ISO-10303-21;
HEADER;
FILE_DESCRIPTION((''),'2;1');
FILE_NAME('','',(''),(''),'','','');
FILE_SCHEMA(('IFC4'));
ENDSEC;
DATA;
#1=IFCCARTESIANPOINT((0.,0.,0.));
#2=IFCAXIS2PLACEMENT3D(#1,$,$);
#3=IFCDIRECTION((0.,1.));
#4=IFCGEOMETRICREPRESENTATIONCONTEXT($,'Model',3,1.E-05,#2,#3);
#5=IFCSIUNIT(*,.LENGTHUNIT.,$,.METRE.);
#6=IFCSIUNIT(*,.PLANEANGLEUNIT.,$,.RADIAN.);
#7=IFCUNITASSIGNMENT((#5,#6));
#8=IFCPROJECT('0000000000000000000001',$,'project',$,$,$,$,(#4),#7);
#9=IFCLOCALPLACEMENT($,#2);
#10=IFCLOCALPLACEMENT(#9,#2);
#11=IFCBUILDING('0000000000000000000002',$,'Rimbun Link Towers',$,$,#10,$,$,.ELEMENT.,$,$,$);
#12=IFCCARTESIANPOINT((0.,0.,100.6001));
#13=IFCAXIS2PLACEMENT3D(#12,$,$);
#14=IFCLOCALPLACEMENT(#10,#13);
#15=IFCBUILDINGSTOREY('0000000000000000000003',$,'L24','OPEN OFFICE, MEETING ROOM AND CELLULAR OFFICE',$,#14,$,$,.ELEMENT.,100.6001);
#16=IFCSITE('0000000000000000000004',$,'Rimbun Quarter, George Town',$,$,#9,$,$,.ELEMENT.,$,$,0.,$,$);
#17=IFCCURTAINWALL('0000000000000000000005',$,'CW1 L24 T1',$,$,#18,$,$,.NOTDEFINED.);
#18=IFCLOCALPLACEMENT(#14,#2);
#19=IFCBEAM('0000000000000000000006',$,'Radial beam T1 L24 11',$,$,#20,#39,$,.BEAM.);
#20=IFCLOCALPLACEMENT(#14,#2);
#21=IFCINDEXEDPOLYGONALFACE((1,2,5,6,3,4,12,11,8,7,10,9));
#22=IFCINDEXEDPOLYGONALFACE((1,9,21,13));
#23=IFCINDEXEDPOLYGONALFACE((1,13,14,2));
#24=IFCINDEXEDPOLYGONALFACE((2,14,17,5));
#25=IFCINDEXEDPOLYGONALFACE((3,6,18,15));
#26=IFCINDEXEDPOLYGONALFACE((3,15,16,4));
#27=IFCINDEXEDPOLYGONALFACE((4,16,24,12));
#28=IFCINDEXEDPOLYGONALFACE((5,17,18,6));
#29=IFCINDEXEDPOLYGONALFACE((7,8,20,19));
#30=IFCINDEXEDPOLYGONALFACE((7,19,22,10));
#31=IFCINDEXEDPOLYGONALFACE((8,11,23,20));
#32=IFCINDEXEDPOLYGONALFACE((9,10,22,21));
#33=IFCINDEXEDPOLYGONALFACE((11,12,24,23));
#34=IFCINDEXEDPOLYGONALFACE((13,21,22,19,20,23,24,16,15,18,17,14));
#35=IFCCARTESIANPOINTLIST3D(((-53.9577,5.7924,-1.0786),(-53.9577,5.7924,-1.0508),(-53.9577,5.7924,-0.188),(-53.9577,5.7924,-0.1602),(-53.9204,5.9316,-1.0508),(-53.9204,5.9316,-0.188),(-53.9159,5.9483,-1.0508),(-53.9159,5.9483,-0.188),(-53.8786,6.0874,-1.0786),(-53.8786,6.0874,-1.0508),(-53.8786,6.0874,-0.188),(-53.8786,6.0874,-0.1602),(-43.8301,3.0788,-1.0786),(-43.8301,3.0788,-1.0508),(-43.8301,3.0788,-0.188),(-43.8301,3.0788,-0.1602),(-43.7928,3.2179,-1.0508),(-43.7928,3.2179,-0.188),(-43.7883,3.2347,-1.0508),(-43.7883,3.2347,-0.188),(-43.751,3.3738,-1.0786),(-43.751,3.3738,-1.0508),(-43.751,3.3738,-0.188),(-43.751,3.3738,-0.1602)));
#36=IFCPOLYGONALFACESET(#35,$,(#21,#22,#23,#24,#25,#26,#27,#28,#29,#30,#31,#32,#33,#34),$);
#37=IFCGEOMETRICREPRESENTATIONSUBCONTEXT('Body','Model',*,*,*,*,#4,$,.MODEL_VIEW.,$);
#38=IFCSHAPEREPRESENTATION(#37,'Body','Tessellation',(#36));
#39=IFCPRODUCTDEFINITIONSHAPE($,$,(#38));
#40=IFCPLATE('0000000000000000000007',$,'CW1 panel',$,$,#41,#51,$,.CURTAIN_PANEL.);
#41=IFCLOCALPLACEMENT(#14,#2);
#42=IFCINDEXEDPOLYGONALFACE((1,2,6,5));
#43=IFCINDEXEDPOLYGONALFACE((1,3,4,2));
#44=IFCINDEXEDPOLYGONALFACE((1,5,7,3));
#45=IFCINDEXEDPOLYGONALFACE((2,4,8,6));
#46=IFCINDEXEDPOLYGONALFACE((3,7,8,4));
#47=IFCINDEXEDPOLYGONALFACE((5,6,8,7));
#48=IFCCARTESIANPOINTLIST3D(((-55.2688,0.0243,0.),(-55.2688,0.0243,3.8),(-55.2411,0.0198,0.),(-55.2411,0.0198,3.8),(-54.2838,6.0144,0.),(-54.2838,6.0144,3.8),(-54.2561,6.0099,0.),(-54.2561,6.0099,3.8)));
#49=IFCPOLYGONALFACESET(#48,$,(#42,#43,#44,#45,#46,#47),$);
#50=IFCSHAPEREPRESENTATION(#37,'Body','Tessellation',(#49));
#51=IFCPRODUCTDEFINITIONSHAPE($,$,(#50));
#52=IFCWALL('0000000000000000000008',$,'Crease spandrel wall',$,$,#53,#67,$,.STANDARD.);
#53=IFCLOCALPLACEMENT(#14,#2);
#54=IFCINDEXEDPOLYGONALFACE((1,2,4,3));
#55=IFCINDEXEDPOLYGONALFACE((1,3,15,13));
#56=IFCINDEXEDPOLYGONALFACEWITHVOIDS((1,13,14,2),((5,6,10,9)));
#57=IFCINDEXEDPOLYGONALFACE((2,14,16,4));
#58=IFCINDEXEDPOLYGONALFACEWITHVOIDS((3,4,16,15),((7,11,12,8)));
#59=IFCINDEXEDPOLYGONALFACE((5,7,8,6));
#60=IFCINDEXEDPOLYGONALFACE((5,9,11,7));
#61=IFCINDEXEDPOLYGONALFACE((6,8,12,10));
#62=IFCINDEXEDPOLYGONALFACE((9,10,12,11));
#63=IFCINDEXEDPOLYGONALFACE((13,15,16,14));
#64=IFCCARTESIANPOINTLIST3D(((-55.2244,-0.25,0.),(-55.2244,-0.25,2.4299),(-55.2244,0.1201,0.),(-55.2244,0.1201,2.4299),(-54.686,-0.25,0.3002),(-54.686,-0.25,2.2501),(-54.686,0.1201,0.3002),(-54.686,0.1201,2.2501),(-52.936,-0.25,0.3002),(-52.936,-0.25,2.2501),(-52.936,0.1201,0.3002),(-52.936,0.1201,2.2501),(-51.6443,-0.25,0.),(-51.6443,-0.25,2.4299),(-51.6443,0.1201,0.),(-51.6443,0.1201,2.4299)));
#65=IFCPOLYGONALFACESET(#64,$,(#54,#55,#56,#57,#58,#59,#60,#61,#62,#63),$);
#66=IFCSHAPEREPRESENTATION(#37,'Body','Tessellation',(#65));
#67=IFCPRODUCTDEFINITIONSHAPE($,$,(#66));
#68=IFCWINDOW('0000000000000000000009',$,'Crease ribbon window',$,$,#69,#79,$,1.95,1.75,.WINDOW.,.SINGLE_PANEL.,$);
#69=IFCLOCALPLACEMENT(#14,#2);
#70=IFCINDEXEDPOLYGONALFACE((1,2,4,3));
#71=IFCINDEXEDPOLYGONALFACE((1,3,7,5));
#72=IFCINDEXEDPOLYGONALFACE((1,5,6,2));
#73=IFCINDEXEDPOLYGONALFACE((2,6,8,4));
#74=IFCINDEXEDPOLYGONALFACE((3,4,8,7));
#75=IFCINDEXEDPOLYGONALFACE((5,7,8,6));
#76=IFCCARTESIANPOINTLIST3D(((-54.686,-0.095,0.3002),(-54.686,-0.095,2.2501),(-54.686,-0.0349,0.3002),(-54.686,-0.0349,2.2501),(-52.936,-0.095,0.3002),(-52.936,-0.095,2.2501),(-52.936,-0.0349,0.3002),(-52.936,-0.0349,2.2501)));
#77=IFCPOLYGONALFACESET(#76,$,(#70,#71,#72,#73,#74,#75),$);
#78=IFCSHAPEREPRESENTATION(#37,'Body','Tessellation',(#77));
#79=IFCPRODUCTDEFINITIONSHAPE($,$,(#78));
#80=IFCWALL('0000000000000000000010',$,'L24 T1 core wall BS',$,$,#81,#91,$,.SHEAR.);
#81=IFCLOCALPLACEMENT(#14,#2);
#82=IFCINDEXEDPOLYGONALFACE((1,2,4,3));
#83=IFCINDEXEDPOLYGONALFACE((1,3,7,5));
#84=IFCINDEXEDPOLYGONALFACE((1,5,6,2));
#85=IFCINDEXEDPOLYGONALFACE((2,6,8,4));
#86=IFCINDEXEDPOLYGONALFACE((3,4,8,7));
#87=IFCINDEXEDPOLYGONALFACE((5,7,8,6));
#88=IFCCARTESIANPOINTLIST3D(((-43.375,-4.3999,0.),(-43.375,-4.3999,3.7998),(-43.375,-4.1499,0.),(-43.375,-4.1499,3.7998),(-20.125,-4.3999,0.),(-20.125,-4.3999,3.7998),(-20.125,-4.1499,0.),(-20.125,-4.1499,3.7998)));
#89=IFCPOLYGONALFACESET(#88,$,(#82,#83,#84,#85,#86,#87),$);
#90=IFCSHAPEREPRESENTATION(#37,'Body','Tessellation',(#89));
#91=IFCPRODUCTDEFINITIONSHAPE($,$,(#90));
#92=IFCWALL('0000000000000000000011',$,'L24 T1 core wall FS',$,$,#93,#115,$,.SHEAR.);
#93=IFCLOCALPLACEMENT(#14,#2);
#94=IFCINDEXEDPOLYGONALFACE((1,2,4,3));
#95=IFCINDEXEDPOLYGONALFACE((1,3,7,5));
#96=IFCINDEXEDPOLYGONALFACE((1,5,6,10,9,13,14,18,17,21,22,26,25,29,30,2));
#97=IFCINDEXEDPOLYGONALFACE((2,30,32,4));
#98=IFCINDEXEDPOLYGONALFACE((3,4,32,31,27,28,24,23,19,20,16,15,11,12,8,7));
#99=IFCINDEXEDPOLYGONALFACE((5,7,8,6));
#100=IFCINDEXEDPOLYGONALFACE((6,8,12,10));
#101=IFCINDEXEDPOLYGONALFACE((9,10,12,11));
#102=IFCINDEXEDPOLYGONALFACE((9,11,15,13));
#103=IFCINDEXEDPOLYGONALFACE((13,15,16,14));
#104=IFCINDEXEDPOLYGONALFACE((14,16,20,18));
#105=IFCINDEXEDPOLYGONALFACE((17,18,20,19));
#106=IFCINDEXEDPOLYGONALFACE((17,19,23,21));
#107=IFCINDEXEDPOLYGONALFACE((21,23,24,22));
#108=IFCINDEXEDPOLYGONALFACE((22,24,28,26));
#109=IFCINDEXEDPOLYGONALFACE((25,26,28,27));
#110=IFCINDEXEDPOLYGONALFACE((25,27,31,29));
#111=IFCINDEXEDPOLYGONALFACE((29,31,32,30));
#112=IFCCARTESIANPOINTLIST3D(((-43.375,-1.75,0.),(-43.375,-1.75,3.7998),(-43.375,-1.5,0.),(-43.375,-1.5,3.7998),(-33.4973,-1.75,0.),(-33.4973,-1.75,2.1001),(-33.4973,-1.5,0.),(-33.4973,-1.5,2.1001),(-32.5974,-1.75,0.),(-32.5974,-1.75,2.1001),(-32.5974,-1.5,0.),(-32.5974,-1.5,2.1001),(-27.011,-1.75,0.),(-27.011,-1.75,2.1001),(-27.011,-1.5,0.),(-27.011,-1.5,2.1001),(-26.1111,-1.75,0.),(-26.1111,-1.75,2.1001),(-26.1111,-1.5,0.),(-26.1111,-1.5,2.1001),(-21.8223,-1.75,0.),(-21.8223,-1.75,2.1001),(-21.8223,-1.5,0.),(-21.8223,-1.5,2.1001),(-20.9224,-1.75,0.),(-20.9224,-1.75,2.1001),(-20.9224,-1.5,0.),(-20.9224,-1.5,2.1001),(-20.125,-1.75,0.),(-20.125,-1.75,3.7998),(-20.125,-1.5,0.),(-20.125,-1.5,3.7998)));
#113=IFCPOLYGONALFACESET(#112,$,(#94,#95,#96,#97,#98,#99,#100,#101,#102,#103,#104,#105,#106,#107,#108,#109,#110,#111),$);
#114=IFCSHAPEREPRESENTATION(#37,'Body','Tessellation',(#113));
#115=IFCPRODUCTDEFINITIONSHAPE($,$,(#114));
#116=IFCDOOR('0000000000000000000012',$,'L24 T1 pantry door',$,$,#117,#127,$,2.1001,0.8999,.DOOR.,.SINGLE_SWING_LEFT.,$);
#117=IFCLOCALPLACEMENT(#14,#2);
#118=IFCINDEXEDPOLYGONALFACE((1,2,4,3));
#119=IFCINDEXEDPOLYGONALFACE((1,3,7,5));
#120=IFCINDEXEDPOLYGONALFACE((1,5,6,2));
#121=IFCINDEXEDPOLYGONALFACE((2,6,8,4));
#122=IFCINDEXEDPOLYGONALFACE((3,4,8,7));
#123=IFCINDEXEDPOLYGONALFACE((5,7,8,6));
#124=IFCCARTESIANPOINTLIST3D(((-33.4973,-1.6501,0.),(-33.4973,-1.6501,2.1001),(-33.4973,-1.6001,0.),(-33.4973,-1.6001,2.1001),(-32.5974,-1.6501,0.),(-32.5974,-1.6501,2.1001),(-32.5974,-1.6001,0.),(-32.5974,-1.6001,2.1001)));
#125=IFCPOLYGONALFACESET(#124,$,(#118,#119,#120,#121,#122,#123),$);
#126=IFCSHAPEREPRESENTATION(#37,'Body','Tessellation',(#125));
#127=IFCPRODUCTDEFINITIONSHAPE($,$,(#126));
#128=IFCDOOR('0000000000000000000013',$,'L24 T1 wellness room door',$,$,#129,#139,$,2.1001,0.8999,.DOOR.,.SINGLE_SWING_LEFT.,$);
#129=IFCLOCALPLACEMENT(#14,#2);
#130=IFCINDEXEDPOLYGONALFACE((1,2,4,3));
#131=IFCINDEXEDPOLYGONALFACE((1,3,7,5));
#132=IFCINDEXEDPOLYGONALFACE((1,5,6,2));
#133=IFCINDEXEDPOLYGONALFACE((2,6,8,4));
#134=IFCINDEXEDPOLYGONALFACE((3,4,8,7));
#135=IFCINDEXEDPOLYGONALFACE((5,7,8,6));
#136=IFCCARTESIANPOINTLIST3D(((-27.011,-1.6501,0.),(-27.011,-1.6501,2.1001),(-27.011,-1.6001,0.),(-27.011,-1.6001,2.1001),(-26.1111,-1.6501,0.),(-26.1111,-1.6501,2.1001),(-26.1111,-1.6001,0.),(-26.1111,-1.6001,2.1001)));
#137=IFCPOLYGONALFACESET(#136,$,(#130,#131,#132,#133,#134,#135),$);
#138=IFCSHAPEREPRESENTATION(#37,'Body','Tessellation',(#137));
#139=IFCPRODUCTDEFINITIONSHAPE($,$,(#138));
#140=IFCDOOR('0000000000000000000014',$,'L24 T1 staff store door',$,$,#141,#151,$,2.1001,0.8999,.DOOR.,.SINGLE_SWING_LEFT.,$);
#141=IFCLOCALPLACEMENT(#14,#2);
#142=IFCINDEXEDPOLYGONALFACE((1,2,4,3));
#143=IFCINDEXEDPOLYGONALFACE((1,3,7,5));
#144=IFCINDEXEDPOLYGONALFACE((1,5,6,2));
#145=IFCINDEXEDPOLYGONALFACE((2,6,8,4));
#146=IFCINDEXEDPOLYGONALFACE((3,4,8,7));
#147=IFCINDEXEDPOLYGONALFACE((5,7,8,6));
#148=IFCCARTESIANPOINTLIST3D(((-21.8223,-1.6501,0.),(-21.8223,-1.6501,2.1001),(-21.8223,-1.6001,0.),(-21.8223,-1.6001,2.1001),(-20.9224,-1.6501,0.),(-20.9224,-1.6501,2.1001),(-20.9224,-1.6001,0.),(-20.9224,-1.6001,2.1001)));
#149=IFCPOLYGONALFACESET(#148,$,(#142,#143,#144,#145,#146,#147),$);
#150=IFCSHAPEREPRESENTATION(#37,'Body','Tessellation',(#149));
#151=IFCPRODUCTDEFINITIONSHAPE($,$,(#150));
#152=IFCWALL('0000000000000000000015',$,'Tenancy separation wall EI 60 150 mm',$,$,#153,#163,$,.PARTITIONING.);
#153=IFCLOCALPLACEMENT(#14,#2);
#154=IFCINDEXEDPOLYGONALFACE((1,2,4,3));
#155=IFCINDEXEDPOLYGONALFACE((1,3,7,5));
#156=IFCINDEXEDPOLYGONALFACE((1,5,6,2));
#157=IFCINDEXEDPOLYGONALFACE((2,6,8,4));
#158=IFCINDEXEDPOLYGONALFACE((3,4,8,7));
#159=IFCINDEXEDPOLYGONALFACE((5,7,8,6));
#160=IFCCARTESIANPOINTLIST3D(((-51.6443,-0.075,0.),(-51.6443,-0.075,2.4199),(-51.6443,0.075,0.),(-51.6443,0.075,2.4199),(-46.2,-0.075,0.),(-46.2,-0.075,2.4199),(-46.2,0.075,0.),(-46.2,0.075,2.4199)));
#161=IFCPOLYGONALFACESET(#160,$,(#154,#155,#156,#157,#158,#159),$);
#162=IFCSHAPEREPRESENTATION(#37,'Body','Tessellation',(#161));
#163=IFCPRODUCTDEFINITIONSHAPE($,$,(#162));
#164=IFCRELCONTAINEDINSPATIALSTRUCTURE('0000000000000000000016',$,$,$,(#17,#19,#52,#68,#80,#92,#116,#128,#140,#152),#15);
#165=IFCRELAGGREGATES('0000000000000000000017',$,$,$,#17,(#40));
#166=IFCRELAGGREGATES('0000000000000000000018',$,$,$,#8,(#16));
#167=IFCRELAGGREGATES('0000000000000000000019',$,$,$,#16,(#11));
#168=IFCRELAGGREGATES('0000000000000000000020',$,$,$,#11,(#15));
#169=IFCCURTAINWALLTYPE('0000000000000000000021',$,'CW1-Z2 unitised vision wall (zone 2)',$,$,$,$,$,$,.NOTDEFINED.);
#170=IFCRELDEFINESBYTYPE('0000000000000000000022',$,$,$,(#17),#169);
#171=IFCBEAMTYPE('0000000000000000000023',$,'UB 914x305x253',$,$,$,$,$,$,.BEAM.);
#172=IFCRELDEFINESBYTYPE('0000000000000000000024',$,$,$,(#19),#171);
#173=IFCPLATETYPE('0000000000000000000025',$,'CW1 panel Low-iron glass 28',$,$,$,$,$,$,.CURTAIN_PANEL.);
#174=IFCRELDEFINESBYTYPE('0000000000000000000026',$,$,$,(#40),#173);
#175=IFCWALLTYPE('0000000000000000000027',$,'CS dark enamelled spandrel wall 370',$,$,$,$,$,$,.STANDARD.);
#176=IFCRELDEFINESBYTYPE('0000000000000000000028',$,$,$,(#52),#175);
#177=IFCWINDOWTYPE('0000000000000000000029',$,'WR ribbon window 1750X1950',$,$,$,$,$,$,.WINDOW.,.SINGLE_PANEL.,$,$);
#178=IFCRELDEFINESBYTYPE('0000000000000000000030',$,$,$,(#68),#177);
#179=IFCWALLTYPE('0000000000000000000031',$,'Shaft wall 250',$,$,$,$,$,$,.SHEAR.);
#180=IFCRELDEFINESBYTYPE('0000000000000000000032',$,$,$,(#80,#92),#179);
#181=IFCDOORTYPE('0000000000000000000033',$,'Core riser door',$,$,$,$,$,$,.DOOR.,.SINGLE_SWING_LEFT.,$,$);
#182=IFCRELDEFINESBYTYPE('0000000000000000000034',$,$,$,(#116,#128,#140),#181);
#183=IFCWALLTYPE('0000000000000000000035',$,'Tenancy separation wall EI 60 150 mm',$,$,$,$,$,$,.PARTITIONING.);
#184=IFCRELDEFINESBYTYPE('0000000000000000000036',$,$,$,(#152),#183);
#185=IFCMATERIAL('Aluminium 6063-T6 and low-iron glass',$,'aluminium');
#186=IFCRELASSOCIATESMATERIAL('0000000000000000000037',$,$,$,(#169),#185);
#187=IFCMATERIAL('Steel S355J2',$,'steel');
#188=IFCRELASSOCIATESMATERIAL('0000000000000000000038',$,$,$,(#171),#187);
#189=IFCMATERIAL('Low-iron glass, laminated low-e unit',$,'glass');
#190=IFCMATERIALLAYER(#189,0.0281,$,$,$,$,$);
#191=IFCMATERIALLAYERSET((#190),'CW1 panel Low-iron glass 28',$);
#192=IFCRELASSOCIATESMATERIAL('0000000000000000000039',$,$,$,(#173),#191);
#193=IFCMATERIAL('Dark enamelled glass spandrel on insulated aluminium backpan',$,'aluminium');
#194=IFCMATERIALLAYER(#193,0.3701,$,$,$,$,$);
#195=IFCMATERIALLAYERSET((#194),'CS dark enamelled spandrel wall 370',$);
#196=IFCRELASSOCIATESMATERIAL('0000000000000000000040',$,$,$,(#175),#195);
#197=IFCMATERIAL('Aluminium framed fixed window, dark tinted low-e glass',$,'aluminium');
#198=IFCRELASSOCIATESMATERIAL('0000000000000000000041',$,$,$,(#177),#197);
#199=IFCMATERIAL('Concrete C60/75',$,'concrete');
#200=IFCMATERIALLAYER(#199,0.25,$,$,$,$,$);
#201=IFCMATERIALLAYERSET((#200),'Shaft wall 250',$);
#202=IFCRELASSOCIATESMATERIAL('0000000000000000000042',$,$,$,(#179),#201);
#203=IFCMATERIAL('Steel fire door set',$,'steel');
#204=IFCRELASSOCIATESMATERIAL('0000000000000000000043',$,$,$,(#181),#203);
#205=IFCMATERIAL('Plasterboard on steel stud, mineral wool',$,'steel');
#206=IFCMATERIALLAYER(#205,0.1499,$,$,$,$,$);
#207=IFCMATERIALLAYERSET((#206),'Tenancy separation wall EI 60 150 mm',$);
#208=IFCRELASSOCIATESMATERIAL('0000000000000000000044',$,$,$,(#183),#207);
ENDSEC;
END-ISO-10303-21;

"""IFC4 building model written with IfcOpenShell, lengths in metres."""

from ifc_helpers import new_model, si_unit, direction, frame, frame_2d, origin, origin_2d, place, context, subcontext, project, spatial, rectangle, i_section, extrude, material, layer, layer_set, material_profile, profile_set, type_object, element, fill, aggregate, save


model = new_model("IFC4")

# Units and contexts
model_context = context("Model", 3, precision=1e-05, world=origin(), true_north=direction((0.0, 1.0)))
body_context = subcontext(model_context, "Body", "Model", "MODEL_VIEW")
ifc_project = project(units=[si_unit("LENGTHUNIT", "METRE"), si_unit("PLANEANGLEUNIT", "RADIAN")], contexts=[model_context])

# Site, building, storey
site_placement = place(None, origin())
site = spatial("IfcSite", under=ifc_project, at=site_placement, Name="Rimbun Quarter, George Town", CompositionType="ELEMENT", RefElevation=0.0)
building_placement = place(site_placement, origin())
building = spatial("IfcBuilding", under=site, at=building_placement, Name="Rimbun Link Towers", CompositionType="ELEMENT")
storey_placement = place(building_placement, frame((0.0, 0.0, 100.6001)))
storey = spatial("IfcBuildingStorey", under=building, at=storey_placement, Name="L24", Description="OPEN OFFICE, MEETING ROOM AND CELLULAR OFFICE", CompositionType="ELEMENT", Elevation=100.6001)

# Curtain wall
ifc_material_1 = material(Name="Aluminium 6063-T6 and low-iron glass", Category="aluminium")
curtain_wall_type = type_object("IfcCurtainWallType", Name="CW1-Z2 unitised vision wall (zone 2)", PredefinedType="NOTDEFINED", material=ifc_material_1)
curtain_wall_placement = place(storey_placement, origin())
curtain_wall = element("IfcCurtainWall", 1, at=curtain_wall_placement, inside=storey, type_object=curtain_wall_type, Name="CW1 L24 T1", PredefinedType="NOTDEFINED")

# Beam
ifc_material_2 = material(Name="Steel S355J2", Category="steel")
ifc_material_profile_1 = material_profile(ifc_material_2, i_section(OverallWidth=0.3054, OverallDepth=0.9185, WebThickness=0.0173, FlangeThickness=0.0278, at=origin_2d()), Name="UB 914x305x253")
ifc_profile_set_1 = profile_set([ifc_material_profile_1], Name="Steel S355J2")
beam_type_1 = type_object("IfcBeamType", Name="UB 914x305x253", PredefinedType="BEAM", material=ifc_profile_set_1)
beam_1_placement = place(storey_placement, frame((-43.7905, 3.2263, -0.6194), z_axis=(-0.965928, 0.258812, 0.0), x_axis=(-0.258812, -0.965928, 0.0)))
element("IfcBeam", 2, at=beam_1_placement, inside=storey, type_object=beam_type_1, Name="Radial beam T1 L24 11", PredefinedType="BEAM", context=body_context, shape_type="SweptSolid", body=[
    extrude(i_section(OverallWidth=0.3054, OverallDepth=0.9185, WebThickness=0.0173, FlangeThickness=0.0278, at=origin_2d()), origin(), (0.0, 0.0, 1.0), 10.4849),
])

# Plate
ifc_material_3 = material(Name="Low-iron glass, laminated low-e unit", Category="glass")
ifc_layer_1 = layer(ifc_material_3, 0.0281)
ifc_layer_set_1 = layer_set([ifc_layer_1], Name="CW1 panel Low-iron glass 28")
plate_type = type_object("IfcPlateType", Name="CW1 panel Low-iron glass 28", PredefinedType="CURTAIN_PANEL", material=ifc_layer_set_1)
plate_placement = place(storey_placement, frame((-54.7625, 3.0171, 0.0), z_axis=(0.0, 0.0, 1.0), x_axis=(0.16226, 0.986748, 0.0)))
plate = element("IfcPlate", 3, at=plate_placement, type_object=plate_type, Name="CW1 panel", PredefinedType="CURTAIN_PANEL", context=body_context, shape_type="SweptSolid", body=[
    extrude(rectangle(XDim=6.0706, YDim=0.0281, at=origin_2d()), origin(), (0.0, 0.0, 1.0), 3.8),
])
aggregate(curtain_wall, [plate])

# Wall, opening, window
ifc_material_4 = material(Name="Dark enamelled glass spandrel on insulated aluminium backpan", Category="aluminium")
ifc_layer_2 = layer(ifc_material_4, 0.3701)
ifc_layer_set_2 = layer_set([ifc_layer_2], Name="CS dark enamelled spandrel wall 370")
wall_type_1 = type_object("IfcWallType", Name="CS dark enamelled spandrel wall 370", PredefinedType="STANDARD", material=ifc_layer_set_2)
wall_1_placement = place(storey_placement, frame((-51.6443, -0.0649, 0.0), z_axis=(0.0, 0.0, 1.0), x_axis=(-1.0, 0.0, 0.0)))
wall_1 = element("IfcWall", 4, at=wall_1_placement, inside=storey, type_object=wall_type_1, Name="Crease spandrel wall", PredefinedType="STANDARD", context=body_context, shape_type="SweptSolid", body=[
    extrude(rectangle(XDim=3.5801, YDim=0.3701, at=frame_2d((1.79, 0.0))), origin(), (0.0, 0.0, 1.0), 2.4299),
])
opening_1_placement = place(wall_1_placement, frame((1.2917, 0.0, 0.3)))
opening_1 = element("IfcOpeningElement", 5, at=opening_1_placement, cuts=wall_1, PredefinedType="OPENING", context=body_context, shape_type="SweptSolid", body=[
    extrude(rectangle(XDim=1.75, YDim=1.95, at=frame_2d((0.875, 0.9751))), frame((0.0, 0.1951, 0.0), z_axis=(0.0, -1.0, 0.0), x_axis=(1.0, 0.0, 0.0)), (0.0, 0.0, 1.0), 0.3901),
])
ifc_material_5 = material(Name="Aluminium framed fixed window, dark tinted low-e glass", Category="aluminium")
window_type = type_object("IfcWindowType", Name="WR ribbon window 1750X1950", PartitioningType="SINGLE_PANEL", PredefinedType="WINDOW", material=ifc_material_5)
window_placement = place(opening_1_placement, origin())
window = element("IfcWindow", 6, at=window_placement, inside=storey, type_object=window_type, Name="Crease ribbon window", OverallHeight=1.95, OverallWidth=1.75, PartitioningType="SINGLE_PANEL", PredefinedType="WINDOW", context=body_context, shape_type="SweptSolid", body=[
    extrude(rectangle(XDim=1.75, YDim=1.95, at=frame_2d((0.875, 0.9751))), frame((0.0, 0.03, 0.0), z_axis=(0.0, -1.0, 0.0), x_axis=(1.0, 0.0, 0.0)), (0.0, 0.0, 1.0), 0.0601),
])
fill(opening_1, window)

# Wall
ifc_material_6 = material(Name="Concrete C60/75", Category="concrete")
ifc_layer_3 = layer(ifc_material_6, 0.25)
ifc_layer_set_3 = layer_set([ifc_layer_3], Name="Shaft wall 250")
wall_type_2 = type_object("IfcWallType", Name="Shaft wall 250", PredefinedType="SHEAR", material=ifc_layer_set_3)
wall_2_placement = place(storey_placement, frame((-43.375, -4.2749, 0.0), z_axis=(0.0, 0.0, 1.0), x_axis=(1.0, 0.0, 0.0)))
element("IfcWall", 7, at=wall_2_placement, inside=storey, type_object=wall_type_2, Name="L24 T1 core wall BS", PredefinedType="SHEAR", context=body_context, shape_type="SweptSolid", body=[
    extrude(rectangle(XDim=23.25, YDim=0.25, at=frame_2d((11.625, 0.0))), origin(), (0.0, 0.0, 1.0), 3.7998),
])

# Wall, openings, doors
wall_3_placement = place(storey_placement, frame((-43.375, -1.625, 0.0), z_axis=(0.0, 0.0, 1.0), x_axis=(1.0, 0.0, 0.0)))
wall_3 = element("IfcWall", 8, at=wall_3_placement, inside=storey, type_object=wall_type_2, Name="L24 T1 core wall FS", PredefinedType="SHEAR", context=body_context, shape_type="SweptSolid", body=[
    extrude(rectangle(XDim=23.25, YDim=0.25, at=frame_2d((11.625, 0.0))), origin(), (0.0, 0.0, 1.0), 3.7998),
])
opening_2_placement = place(wall_3_placement, frame((9.8777, 0.0, 0.0)))
opening_2 = element("IfcOpeningElement", 9, at=opening_2_placement, cuts=wall_3, PredefinedType="OPENING", context=body_context, shape_type="SweptSolid", body=[
    extrude(rectangle(XDim=0.8999, YDim=2.1001, at=frame_2d((0.45, 1.05))), frame((0.0, 0.135, 0.0), z_axis=(0.0, -1.0, 0.0), x_axis=(1.0, 0.0, 0.0)), (0.0, 0.0, 1.0), 0.27),
])
opening_3_placement = place(wall_3_placement, frame((16.364, 0.0, 0.0)))
opening_3 = element("IfcOpeningElement", 10, at=opening_3_placement, cuts=wall_3, PredefinedType="OPENING", context=body_context, shape_type="SweptSolid", body=[
    extrude(rectangle(XDim=0.8999, YDim=2.1001, at=frame_2d((0.45, 1.05))), frame((0.0, 0.135, 0.0), z_axis=(0.0, -1.0, 0.0), x_axis=(1.0, 0.0, 0.0)), (0.0, 0.0, 1.0), 0.27),
])
opening_4_placement = place(wall_3_placement, frame((21.5527, 0.0, 0.0)))
opening_4 = element("IfcOpeningElement", 11, at=opening_4_placement, cuts=wall_3, PredefinedType="OPENING", context=body_context, shape_type="SweptSolid", body=[
    extrude(rectangle(XDim=0.8999, YDim=2.1001, at=frame_2d((0.45, 1.05))), frame((0.0, 0.135, 0.0), z_axis=(0.0, -1.0, 0.0), x_axis=(1.0, 0.0, 0.0)), (0.0, 0.0, 1.0), 0.27),
])
ifc_material_7 = material(Name="Steel fire door set", Category="steel")
door_type = type_object("IfcDoorType", Name="Core riser door", OperationType="SINGLE_SWING_LEFT", PredefinedType="DOOR", material=ifc_material_7)
door_1_placement = place(opening_2_placement, origin())
door_1 = element("IfcDoor", 12, at=door_1_placement, inside=storey, type_object=door_type, Name="L24 T1 pantry door", OperationType="SINGLE_SWING_LEFT", OverallHeight=2.1001, OverallWidth=0.8999, PredefinedType="DOOR", context=body_context, shape_type="SweptSolid", body=[
    extrude(rectangle(XDim=0.8999, YDim=2.1001, at=frame_2d((0.45, 1.05))), frame((0.0, 0.0249, 0.0), z_axis=(0.0, -1.0, 0.0), x_axis=(1.0, 0.0, 0.0)), (0.0, 0.0, 1.0), 0.05),
])
fill(opening_2, door_1)
door_2_placement = place(opening_3_placement, origin())
door_2 = element("IfcDoor", 13, at=door_2_placement, inside=storey, type_object=door_type, Name="L24 T1 wellness room door", OperationType="SINGLE_SWING_LEFT", OverallHeight=2.1001, OverallWidth=0.8999, PredefinedType="DOOR", context=body_context, shape_type="SweptSolid", body=[
    extrude(rectangle(XDim=0.8999, YDim=2.1001, at=frame_2d((0.45, 1.05))), frame((0.0, 0.0249, 0.0), z_axis=(0.0, -1.0, 0.0), x_axis=(1.0, 0.0, 0.0)), (0.0, 0.0, 1.0), 0.05),
])
fill(opening_3, door_2)
door_3_placement = place(opening_4_placement, origin())
door_3 = element("IfcDoor", 14, at=door_3_placement, inside=storey, type_object=door_type, Name="L24 T1 staff store door", OperationType="SINGLE_SWING_LEFT", OverallHeight=2.1001, OverallWidth=0.8999, PredefinedType="DOOR", context=body_context, shape_type="SweptSolid", body=[
    extrude(rectangle(XDim=0.8999, YDim=2.1001, at=frame_2d((0.45, 1.05))), frame((0.0, 0.0249, 0.0), z_axis=(0.0, -1.0, 0.0), x_axis=(1.0, 0.0, 0.0)), (0.0, 0.0, 1.0), 0.05),
])
fill(opening_4, door_3)

# Wall
ifc_material_8 = material(Name="Plasterboard on steel stud, mineral wool", Category="steel")
ifc_layer_4 = layer(ifc_material_8, 0.1499)
ifc_layer_set_4 = layer_set([ifc_layer_4], Name="Tenancy separation wall EI 60 150 mm")
wall_type_3 = type_object("IfcWallType", Name="Tenancy separation wall EI 60 150 mm", PredefinedType="PARTITIONING", material=ifc_layer_set_4)
wall_4_placement = place(storey_placement, frame((-46.2, 0.0, 0.0), z_axis=(0.0, 0.0, 1.0), x_axis=(-1.0, 0.0, 0.0)))
element("IfcWall", 15, at=wall_4_placement, inside=storey, type_object=wall_type_3, Name="Tenancy separation wall EI 60 150 mm", PredefinedType="PARTITIONING", context=body_context, shape_type="SweptSolid", body=[
    extrude(rectangle(XDim=5.4443, YDim=0.1499, at=frame_2d((2.7222, 0.0))), origin(), (0.0, 0.0, 1.0), 2.4199),
])

save(model, "model.ifc")
